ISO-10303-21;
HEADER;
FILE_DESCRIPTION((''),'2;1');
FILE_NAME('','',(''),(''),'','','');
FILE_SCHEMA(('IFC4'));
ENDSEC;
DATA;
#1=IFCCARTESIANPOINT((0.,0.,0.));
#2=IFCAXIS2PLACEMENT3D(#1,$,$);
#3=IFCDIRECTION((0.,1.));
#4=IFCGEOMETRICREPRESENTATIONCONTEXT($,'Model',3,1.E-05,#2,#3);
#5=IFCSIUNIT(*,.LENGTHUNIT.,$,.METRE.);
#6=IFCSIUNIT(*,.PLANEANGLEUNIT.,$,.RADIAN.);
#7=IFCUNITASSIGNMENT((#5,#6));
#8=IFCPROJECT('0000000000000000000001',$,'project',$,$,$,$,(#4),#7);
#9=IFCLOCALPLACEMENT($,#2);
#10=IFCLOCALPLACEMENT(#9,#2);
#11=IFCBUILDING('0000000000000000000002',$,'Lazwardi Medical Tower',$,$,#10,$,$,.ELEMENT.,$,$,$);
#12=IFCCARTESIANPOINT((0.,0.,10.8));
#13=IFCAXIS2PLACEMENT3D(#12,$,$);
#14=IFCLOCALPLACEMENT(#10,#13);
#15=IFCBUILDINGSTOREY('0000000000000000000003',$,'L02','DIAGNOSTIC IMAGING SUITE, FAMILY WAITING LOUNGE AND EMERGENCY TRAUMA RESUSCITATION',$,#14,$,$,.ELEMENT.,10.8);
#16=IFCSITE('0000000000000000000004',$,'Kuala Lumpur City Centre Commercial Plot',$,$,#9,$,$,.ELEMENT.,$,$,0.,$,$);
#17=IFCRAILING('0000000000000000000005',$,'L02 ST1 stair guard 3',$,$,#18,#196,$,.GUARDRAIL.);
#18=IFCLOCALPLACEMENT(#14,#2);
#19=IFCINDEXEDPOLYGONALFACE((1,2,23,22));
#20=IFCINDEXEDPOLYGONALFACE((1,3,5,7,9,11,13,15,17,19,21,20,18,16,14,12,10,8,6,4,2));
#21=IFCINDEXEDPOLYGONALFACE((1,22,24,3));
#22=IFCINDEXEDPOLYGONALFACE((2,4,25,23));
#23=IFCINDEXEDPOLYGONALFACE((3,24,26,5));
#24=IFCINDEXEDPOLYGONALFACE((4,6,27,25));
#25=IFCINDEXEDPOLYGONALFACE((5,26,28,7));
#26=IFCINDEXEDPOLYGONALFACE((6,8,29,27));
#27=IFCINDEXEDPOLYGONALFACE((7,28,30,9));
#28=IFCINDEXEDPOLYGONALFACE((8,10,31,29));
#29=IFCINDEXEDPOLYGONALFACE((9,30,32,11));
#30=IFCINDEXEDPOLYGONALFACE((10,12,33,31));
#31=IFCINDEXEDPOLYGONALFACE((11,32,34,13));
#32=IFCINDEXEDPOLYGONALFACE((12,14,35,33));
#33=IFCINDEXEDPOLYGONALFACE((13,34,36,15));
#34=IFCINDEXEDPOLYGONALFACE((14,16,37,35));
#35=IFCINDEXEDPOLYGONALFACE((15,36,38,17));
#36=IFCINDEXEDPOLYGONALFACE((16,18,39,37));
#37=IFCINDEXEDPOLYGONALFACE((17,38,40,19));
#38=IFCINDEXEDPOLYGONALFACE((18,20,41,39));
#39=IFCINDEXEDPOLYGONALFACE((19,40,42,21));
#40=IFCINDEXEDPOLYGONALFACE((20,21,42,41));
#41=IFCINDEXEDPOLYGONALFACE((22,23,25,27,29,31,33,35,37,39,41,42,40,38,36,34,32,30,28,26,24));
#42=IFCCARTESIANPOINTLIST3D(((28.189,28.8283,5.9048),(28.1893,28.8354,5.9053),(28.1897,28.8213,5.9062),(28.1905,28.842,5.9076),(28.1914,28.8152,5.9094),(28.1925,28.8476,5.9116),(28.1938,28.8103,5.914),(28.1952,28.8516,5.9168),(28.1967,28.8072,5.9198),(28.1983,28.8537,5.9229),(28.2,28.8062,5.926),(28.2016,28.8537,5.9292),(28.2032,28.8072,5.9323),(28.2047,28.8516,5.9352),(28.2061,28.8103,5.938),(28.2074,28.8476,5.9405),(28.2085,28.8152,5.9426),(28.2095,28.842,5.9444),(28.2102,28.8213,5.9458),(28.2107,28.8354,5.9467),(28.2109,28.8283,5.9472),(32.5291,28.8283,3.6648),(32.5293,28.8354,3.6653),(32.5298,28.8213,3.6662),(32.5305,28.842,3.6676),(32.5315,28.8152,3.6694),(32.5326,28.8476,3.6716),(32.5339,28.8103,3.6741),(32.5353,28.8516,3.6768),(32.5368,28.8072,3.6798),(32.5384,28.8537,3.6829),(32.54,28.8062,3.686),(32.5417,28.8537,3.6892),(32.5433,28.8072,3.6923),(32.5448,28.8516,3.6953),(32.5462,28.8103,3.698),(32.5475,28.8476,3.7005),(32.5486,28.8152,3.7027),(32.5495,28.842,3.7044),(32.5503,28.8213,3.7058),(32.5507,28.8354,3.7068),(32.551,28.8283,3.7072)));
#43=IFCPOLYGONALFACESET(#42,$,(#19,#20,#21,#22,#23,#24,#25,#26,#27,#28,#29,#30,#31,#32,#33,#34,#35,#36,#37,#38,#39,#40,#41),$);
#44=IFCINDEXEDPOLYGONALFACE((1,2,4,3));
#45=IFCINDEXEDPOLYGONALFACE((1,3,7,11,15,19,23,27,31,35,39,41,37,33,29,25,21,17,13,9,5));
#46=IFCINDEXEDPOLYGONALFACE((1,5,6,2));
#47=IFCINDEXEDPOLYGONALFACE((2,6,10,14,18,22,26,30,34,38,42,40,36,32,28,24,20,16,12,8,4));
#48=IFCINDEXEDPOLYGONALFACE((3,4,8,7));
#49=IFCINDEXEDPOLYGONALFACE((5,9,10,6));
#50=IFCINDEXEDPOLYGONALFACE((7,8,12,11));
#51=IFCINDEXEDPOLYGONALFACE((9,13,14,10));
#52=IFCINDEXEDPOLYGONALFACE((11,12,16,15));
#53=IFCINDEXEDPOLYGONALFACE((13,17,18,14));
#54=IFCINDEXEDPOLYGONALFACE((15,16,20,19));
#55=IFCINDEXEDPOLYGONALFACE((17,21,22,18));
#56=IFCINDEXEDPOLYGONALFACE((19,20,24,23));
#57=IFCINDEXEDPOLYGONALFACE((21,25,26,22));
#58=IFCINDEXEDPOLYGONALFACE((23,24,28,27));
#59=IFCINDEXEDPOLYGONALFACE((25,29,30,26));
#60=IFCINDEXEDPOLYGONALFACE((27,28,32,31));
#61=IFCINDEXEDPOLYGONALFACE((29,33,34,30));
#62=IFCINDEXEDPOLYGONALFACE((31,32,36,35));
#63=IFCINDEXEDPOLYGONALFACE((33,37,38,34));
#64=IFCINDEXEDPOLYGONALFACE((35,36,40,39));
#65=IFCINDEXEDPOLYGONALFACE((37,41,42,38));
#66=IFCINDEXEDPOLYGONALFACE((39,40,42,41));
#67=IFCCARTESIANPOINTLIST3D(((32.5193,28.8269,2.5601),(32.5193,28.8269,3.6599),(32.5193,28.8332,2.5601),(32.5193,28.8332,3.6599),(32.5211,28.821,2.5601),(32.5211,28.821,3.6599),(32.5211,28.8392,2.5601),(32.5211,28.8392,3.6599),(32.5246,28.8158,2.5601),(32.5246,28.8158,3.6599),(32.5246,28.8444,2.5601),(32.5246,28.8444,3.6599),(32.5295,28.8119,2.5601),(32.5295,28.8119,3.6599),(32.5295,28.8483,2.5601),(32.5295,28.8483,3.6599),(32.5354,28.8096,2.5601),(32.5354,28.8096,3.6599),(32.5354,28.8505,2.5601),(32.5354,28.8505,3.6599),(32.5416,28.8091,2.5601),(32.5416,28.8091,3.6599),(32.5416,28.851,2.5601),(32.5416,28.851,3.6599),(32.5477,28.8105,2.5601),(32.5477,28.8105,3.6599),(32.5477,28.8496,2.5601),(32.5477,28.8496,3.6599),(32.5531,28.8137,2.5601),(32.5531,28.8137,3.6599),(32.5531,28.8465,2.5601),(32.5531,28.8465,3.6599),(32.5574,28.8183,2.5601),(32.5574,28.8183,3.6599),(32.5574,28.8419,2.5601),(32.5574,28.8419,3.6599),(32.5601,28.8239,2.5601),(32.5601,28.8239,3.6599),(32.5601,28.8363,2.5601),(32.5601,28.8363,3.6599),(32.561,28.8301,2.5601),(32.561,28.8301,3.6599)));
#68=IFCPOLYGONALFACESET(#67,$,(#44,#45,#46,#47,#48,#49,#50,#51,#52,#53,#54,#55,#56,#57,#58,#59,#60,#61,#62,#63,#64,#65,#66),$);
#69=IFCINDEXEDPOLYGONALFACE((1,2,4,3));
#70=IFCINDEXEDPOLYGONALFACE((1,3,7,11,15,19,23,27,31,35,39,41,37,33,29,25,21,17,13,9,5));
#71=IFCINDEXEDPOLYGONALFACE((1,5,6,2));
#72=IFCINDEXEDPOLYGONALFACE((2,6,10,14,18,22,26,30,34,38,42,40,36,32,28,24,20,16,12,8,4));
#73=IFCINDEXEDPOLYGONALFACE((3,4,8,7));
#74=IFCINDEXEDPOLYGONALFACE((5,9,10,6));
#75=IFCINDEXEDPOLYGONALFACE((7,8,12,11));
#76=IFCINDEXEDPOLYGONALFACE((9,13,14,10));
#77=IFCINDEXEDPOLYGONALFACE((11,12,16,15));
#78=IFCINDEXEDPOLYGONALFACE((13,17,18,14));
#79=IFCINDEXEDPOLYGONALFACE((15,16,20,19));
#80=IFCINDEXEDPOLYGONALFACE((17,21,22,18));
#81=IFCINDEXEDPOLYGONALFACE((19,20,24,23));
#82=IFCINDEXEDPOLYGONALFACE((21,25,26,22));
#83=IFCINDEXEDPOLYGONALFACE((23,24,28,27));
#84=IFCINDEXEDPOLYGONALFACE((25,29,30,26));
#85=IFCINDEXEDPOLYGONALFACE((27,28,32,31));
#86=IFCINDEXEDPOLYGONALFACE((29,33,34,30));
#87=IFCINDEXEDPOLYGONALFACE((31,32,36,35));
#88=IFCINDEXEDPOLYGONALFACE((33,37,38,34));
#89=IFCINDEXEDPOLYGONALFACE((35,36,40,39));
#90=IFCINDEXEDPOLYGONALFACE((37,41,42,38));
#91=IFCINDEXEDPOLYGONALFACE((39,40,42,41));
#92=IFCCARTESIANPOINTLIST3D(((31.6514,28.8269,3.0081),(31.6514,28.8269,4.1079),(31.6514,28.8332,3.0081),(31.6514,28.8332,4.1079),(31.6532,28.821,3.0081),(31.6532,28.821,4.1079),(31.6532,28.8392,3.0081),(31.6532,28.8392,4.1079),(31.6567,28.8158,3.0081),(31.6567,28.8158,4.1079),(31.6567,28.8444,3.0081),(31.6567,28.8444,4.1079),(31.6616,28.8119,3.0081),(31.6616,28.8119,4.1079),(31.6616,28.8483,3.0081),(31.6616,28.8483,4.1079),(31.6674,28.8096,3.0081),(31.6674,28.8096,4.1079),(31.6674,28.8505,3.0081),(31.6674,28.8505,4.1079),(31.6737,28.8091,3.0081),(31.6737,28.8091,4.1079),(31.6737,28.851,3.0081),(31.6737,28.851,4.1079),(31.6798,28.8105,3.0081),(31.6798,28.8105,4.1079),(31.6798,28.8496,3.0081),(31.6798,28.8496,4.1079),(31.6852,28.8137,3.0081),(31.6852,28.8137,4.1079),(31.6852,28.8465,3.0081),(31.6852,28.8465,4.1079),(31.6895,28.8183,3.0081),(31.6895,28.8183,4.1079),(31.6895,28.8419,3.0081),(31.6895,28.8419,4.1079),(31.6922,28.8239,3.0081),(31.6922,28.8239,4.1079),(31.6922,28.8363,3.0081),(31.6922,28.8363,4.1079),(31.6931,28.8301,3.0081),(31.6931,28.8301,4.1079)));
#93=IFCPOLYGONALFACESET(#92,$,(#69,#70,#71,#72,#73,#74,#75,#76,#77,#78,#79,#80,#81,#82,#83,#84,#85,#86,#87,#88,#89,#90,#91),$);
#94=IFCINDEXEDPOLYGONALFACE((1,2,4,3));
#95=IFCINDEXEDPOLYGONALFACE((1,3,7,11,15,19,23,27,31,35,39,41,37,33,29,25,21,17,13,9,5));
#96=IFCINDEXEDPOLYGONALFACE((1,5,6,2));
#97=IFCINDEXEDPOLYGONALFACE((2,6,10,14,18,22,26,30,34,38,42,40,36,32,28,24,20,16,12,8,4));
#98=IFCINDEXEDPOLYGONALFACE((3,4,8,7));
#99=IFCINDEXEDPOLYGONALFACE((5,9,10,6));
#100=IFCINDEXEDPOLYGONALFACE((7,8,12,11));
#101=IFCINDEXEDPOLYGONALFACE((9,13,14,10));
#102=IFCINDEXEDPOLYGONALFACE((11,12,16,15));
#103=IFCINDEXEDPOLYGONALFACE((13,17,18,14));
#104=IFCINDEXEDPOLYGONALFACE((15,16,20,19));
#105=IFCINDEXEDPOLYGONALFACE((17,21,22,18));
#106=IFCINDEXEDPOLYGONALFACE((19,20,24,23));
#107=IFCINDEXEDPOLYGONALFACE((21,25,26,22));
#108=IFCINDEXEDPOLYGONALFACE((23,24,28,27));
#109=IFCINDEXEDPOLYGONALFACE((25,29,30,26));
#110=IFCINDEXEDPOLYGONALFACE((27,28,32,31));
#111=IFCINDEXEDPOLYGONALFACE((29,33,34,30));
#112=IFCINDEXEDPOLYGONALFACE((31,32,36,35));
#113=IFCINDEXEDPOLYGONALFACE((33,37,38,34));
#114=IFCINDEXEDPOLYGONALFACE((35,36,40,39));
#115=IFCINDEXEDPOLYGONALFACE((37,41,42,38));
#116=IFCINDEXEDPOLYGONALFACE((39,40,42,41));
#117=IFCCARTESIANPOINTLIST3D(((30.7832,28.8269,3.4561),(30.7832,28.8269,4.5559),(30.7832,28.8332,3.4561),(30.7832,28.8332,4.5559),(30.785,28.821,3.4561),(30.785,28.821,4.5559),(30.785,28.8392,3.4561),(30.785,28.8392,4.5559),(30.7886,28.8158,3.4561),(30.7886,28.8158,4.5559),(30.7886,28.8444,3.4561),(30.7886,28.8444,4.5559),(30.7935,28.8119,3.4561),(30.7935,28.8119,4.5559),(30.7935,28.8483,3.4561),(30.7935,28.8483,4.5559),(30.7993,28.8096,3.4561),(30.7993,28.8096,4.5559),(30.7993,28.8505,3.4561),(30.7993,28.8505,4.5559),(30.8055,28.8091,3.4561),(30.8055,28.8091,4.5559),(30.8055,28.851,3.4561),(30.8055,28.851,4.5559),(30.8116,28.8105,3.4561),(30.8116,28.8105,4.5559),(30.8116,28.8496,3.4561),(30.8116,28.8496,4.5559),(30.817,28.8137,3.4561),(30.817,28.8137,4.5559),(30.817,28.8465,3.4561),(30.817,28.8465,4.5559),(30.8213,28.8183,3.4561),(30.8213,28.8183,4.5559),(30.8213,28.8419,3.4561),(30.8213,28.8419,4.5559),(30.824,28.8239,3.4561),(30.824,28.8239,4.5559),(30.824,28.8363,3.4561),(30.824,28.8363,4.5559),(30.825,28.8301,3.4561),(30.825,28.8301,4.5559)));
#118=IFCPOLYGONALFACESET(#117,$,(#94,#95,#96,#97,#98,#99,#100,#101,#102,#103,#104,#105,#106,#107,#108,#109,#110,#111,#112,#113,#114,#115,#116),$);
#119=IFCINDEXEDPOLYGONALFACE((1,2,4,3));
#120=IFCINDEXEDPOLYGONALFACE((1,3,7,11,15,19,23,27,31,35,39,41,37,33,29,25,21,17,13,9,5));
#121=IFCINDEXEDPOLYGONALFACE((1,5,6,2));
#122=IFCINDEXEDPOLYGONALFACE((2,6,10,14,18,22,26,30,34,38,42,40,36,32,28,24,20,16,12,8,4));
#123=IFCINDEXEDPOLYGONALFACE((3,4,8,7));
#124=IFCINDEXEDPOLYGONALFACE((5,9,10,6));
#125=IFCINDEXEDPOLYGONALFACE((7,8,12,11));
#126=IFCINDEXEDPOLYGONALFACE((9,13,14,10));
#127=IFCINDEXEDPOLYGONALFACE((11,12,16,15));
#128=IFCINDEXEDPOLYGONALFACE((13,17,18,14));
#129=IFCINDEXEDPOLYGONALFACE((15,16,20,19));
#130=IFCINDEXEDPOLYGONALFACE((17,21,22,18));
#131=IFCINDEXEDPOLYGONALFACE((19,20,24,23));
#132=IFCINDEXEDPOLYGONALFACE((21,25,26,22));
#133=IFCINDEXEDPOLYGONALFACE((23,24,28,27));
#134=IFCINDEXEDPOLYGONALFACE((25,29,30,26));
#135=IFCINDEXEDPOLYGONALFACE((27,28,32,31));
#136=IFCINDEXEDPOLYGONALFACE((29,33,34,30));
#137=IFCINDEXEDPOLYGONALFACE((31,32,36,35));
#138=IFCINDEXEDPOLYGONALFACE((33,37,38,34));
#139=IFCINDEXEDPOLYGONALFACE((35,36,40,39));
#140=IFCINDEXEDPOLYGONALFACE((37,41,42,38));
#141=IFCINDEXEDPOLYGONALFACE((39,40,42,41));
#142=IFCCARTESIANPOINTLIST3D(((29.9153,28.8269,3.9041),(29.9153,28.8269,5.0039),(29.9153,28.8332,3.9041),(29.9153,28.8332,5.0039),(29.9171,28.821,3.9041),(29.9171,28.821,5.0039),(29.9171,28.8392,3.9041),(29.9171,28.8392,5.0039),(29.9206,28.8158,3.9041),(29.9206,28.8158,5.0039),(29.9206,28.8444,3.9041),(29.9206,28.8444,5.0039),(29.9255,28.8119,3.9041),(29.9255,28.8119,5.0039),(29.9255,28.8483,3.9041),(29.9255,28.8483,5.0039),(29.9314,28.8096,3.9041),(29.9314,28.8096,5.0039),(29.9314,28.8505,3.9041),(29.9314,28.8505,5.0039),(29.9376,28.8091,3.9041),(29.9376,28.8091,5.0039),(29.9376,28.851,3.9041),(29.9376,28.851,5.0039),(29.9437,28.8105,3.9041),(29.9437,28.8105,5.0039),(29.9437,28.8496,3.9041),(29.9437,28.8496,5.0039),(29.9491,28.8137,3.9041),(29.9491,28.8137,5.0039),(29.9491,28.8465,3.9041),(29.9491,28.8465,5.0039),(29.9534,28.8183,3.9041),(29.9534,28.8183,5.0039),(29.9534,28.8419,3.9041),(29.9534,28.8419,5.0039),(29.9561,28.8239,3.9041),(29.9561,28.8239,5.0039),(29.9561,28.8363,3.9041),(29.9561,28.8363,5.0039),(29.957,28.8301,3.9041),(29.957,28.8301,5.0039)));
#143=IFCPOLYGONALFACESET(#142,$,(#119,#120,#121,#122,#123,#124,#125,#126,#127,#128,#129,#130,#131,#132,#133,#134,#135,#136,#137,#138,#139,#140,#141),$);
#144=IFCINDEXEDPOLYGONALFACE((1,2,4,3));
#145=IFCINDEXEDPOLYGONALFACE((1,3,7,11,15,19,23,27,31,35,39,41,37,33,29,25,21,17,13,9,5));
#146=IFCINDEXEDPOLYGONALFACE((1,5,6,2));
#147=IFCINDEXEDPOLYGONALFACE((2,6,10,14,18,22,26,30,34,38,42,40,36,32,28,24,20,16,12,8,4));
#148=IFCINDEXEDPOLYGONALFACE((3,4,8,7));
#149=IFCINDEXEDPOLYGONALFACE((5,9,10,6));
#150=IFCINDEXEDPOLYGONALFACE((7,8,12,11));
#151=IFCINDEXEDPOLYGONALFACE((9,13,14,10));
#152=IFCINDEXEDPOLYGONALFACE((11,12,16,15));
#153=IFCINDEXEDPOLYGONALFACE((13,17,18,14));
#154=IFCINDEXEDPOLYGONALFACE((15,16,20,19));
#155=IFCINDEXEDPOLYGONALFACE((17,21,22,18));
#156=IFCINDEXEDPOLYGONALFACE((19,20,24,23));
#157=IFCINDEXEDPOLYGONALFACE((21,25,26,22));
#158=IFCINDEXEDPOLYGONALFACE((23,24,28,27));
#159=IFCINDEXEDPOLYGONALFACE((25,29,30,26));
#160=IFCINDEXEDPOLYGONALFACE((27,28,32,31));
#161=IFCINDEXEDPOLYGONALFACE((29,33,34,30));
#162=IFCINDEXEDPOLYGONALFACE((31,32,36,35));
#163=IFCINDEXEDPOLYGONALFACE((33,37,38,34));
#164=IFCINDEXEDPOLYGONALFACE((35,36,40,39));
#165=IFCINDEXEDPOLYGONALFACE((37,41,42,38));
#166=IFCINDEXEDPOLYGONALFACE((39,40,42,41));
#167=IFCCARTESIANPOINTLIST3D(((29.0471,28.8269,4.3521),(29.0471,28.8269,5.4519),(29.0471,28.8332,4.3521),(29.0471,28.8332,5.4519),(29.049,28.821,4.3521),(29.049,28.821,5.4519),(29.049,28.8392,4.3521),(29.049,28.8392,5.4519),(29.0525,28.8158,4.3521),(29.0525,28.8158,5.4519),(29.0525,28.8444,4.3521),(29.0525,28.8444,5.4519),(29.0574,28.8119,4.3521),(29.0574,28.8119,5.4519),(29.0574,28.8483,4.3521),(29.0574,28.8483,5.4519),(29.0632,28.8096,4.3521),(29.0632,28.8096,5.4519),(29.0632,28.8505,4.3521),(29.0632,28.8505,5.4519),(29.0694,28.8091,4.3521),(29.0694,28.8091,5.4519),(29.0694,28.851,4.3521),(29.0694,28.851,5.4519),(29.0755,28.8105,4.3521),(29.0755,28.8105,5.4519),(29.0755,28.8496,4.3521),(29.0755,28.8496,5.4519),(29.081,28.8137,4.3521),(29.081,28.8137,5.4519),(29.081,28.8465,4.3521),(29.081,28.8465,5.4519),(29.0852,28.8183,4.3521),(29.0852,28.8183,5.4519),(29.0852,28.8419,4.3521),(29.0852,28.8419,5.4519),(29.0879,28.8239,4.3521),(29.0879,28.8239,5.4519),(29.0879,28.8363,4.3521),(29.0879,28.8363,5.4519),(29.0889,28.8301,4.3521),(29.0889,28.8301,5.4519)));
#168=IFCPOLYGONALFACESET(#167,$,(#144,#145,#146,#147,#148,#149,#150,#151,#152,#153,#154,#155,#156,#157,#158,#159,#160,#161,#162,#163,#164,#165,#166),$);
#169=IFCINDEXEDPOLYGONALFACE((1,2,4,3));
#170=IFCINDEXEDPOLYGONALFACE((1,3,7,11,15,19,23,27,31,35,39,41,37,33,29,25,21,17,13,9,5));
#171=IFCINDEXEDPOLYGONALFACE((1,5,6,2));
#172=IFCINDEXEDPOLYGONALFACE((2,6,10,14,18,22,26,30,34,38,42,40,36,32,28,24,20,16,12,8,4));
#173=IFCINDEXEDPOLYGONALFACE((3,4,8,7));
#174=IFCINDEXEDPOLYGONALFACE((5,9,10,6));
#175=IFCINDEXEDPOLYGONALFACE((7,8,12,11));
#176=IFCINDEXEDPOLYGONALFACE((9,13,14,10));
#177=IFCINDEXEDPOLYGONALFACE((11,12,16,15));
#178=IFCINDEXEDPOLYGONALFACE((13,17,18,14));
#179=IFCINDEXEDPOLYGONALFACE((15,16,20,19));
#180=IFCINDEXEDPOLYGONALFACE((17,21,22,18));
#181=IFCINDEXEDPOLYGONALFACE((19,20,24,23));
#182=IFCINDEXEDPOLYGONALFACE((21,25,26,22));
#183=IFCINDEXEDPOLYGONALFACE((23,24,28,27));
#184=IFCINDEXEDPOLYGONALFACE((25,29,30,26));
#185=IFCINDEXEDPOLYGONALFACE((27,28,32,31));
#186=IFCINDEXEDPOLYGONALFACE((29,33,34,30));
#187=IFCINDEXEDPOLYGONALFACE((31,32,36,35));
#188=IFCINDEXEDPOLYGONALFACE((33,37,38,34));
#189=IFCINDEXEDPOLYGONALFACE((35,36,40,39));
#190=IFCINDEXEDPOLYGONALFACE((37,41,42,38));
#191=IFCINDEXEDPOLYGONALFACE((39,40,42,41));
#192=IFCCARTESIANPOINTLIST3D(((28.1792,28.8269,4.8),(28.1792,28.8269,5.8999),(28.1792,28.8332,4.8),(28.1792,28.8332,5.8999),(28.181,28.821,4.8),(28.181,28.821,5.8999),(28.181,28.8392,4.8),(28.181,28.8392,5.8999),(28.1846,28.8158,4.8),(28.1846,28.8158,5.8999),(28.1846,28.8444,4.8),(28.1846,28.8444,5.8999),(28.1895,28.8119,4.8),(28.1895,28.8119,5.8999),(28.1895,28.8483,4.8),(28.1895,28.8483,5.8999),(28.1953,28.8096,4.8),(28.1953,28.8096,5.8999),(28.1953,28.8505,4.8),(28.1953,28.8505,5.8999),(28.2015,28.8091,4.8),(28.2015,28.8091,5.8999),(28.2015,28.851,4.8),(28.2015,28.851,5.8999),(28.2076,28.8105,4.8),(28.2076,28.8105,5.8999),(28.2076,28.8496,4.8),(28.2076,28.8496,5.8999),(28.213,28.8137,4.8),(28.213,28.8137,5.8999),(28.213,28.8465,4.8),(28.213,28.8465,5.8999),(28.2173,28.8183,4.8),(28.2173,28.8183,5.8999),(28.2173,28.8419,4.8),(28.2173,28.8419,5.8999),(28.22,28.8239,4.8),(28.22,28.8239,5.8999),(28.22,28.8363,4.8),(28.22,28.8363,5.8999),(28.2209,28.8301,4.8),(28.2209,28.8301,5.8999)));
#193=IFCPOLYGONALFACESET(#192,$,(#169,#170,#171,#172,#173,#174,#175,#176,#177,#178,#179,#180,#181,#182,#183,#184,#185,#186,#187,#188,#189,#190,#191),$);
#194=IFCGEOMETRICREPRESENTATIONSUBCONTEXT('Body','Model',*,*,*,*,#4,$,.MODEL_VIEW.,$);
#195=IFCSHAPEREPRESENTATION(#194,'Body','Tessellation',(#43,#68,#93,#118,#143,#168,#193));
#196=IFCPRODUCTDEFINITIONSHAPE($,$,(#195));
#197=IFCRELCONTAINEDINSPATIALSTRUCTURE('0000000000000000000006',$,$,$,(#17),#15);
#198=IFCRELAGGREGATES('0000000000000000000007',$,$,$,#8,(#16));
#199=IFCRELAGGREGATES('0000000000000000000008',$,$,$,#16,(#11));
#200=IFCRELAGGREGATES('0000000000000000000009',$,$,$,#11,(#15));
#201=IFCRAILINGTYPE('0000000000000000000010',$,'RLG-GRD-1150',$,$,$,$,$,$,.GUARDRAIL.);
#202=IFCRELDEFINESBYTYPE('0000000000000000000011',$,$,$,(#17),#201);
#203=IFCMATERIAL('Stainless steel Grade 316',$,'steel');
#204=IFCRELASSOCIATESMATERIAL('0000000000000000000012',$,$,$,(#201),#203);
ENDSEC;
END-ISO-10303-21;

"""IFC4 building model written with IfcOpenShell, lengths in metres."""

from ifc_helpers import new_model, si_unit, direction, frame, origin, origin_2d, place, context, subcontext, project, spatial, circle, extrude, material, type_object, element, save


model = new_model("IFC4")

# Units and contexts
model_context = context("Model", 3, precision=1e-05, world=origin(), true_north=direction((0.0, 1.0)))
body_context = subcontext(model_context, "Body", "Model", "MODEL_VIEW")
ifc_project = project(units=[si_unit("LENGTHUNIT", "METRE"), si_unit("PLANEANGLEUNIT", "RADIAN")], contexts=[model_context])

# Site, building, storey
site_placement = place(None, origin())
site = spatial("IfcSite", under=ifc_project, at=site_placement, Name="Kuala Lumpur City Centre Commercial Plot", CompositionType="ELEMENT", RefElevation=0.0)
building_placement = place(site_placement, origin())
building = spatial("IfcBuilding", under=site, at=building_placement, Name="Lazwardi Medical Tower", CompositionType="ELEMENT")
storey_placement = place(building_placement, frame((0.0, 0.0, 10.8)))
storey = spatial("IfcBuildingStorey", under=building, at=storey_placement, Name="L02", Description="DIAGNOSTIC IMAGING SUITE, FAMILY WAITING LOUNGE AND EMERGENCY TRAUMA RESUSCITATION", CompositionType="ELEMENT", Elevation=10.8)

# Railing
ifc_material_1 = material(Name="Stainless steel Grade 316", Category="steel")
railing_type_1 = type_object("IfcRailingType", Name="RLG-GRD-1150", PredefinedType="GUARDRAIL", material=ifc_material_1)
railing_1_placement = place(storey_placement, frame((32.54, 28.8301, 2.5601)))
element("IfcRailing", 1, at=railing_1_placement, inside=storey, type_object=railing_type_1, Name="L02 ST1 stair guard 3", PredefinedType="GUARDRAIL", context=body_context, shape_type="SweptSolid", body=[
    extrude(circle(Radius=0.0239, at=origin_2d()), frame((0.0, 0.0, 1.126), z_axis=(-0.888625, 0.0, 0.458634), x_axis=(0.0, -1.0, 0.0)), (0.0, 0.0, 1.0), 4.884),
    extrude(circle(Radius=0.021, at=origin_2d()), origin(), (0.0, 0.0, 1.0), 1.0999),
    extrude(circle(Radius=0.021, at=origin_2d()), frame((-0.8679, 0.0, 0.448)), (0.0, 0.0, 1.0), 1.0999),
    extrude(circle(Radius=0.021, at=origin_2d()), frame((-1.7361, 0.0, 0.896)), (0.0, 0.0, 1.0), 1.0999),
    extrude(circle(Radius=0.021, at=origin_2d()), frame((-2.604, 0.0, 1.344)), (0.0, 0.0, 1.0), 1.0999),
    extrude(circle(Radius=0.021, at=origin_2d()), frame((-3.4722, 0.0, 1.792)), (0.0, 0.0, 1.0), 1.0999),
    extrude(circle(Radius=0.021, at=origin_2d()), frame((-4.3401, 0.0, 2.24)), (0.0, 0.0, 1.0), 1.0999),
])

save(model, "model.ifc")
